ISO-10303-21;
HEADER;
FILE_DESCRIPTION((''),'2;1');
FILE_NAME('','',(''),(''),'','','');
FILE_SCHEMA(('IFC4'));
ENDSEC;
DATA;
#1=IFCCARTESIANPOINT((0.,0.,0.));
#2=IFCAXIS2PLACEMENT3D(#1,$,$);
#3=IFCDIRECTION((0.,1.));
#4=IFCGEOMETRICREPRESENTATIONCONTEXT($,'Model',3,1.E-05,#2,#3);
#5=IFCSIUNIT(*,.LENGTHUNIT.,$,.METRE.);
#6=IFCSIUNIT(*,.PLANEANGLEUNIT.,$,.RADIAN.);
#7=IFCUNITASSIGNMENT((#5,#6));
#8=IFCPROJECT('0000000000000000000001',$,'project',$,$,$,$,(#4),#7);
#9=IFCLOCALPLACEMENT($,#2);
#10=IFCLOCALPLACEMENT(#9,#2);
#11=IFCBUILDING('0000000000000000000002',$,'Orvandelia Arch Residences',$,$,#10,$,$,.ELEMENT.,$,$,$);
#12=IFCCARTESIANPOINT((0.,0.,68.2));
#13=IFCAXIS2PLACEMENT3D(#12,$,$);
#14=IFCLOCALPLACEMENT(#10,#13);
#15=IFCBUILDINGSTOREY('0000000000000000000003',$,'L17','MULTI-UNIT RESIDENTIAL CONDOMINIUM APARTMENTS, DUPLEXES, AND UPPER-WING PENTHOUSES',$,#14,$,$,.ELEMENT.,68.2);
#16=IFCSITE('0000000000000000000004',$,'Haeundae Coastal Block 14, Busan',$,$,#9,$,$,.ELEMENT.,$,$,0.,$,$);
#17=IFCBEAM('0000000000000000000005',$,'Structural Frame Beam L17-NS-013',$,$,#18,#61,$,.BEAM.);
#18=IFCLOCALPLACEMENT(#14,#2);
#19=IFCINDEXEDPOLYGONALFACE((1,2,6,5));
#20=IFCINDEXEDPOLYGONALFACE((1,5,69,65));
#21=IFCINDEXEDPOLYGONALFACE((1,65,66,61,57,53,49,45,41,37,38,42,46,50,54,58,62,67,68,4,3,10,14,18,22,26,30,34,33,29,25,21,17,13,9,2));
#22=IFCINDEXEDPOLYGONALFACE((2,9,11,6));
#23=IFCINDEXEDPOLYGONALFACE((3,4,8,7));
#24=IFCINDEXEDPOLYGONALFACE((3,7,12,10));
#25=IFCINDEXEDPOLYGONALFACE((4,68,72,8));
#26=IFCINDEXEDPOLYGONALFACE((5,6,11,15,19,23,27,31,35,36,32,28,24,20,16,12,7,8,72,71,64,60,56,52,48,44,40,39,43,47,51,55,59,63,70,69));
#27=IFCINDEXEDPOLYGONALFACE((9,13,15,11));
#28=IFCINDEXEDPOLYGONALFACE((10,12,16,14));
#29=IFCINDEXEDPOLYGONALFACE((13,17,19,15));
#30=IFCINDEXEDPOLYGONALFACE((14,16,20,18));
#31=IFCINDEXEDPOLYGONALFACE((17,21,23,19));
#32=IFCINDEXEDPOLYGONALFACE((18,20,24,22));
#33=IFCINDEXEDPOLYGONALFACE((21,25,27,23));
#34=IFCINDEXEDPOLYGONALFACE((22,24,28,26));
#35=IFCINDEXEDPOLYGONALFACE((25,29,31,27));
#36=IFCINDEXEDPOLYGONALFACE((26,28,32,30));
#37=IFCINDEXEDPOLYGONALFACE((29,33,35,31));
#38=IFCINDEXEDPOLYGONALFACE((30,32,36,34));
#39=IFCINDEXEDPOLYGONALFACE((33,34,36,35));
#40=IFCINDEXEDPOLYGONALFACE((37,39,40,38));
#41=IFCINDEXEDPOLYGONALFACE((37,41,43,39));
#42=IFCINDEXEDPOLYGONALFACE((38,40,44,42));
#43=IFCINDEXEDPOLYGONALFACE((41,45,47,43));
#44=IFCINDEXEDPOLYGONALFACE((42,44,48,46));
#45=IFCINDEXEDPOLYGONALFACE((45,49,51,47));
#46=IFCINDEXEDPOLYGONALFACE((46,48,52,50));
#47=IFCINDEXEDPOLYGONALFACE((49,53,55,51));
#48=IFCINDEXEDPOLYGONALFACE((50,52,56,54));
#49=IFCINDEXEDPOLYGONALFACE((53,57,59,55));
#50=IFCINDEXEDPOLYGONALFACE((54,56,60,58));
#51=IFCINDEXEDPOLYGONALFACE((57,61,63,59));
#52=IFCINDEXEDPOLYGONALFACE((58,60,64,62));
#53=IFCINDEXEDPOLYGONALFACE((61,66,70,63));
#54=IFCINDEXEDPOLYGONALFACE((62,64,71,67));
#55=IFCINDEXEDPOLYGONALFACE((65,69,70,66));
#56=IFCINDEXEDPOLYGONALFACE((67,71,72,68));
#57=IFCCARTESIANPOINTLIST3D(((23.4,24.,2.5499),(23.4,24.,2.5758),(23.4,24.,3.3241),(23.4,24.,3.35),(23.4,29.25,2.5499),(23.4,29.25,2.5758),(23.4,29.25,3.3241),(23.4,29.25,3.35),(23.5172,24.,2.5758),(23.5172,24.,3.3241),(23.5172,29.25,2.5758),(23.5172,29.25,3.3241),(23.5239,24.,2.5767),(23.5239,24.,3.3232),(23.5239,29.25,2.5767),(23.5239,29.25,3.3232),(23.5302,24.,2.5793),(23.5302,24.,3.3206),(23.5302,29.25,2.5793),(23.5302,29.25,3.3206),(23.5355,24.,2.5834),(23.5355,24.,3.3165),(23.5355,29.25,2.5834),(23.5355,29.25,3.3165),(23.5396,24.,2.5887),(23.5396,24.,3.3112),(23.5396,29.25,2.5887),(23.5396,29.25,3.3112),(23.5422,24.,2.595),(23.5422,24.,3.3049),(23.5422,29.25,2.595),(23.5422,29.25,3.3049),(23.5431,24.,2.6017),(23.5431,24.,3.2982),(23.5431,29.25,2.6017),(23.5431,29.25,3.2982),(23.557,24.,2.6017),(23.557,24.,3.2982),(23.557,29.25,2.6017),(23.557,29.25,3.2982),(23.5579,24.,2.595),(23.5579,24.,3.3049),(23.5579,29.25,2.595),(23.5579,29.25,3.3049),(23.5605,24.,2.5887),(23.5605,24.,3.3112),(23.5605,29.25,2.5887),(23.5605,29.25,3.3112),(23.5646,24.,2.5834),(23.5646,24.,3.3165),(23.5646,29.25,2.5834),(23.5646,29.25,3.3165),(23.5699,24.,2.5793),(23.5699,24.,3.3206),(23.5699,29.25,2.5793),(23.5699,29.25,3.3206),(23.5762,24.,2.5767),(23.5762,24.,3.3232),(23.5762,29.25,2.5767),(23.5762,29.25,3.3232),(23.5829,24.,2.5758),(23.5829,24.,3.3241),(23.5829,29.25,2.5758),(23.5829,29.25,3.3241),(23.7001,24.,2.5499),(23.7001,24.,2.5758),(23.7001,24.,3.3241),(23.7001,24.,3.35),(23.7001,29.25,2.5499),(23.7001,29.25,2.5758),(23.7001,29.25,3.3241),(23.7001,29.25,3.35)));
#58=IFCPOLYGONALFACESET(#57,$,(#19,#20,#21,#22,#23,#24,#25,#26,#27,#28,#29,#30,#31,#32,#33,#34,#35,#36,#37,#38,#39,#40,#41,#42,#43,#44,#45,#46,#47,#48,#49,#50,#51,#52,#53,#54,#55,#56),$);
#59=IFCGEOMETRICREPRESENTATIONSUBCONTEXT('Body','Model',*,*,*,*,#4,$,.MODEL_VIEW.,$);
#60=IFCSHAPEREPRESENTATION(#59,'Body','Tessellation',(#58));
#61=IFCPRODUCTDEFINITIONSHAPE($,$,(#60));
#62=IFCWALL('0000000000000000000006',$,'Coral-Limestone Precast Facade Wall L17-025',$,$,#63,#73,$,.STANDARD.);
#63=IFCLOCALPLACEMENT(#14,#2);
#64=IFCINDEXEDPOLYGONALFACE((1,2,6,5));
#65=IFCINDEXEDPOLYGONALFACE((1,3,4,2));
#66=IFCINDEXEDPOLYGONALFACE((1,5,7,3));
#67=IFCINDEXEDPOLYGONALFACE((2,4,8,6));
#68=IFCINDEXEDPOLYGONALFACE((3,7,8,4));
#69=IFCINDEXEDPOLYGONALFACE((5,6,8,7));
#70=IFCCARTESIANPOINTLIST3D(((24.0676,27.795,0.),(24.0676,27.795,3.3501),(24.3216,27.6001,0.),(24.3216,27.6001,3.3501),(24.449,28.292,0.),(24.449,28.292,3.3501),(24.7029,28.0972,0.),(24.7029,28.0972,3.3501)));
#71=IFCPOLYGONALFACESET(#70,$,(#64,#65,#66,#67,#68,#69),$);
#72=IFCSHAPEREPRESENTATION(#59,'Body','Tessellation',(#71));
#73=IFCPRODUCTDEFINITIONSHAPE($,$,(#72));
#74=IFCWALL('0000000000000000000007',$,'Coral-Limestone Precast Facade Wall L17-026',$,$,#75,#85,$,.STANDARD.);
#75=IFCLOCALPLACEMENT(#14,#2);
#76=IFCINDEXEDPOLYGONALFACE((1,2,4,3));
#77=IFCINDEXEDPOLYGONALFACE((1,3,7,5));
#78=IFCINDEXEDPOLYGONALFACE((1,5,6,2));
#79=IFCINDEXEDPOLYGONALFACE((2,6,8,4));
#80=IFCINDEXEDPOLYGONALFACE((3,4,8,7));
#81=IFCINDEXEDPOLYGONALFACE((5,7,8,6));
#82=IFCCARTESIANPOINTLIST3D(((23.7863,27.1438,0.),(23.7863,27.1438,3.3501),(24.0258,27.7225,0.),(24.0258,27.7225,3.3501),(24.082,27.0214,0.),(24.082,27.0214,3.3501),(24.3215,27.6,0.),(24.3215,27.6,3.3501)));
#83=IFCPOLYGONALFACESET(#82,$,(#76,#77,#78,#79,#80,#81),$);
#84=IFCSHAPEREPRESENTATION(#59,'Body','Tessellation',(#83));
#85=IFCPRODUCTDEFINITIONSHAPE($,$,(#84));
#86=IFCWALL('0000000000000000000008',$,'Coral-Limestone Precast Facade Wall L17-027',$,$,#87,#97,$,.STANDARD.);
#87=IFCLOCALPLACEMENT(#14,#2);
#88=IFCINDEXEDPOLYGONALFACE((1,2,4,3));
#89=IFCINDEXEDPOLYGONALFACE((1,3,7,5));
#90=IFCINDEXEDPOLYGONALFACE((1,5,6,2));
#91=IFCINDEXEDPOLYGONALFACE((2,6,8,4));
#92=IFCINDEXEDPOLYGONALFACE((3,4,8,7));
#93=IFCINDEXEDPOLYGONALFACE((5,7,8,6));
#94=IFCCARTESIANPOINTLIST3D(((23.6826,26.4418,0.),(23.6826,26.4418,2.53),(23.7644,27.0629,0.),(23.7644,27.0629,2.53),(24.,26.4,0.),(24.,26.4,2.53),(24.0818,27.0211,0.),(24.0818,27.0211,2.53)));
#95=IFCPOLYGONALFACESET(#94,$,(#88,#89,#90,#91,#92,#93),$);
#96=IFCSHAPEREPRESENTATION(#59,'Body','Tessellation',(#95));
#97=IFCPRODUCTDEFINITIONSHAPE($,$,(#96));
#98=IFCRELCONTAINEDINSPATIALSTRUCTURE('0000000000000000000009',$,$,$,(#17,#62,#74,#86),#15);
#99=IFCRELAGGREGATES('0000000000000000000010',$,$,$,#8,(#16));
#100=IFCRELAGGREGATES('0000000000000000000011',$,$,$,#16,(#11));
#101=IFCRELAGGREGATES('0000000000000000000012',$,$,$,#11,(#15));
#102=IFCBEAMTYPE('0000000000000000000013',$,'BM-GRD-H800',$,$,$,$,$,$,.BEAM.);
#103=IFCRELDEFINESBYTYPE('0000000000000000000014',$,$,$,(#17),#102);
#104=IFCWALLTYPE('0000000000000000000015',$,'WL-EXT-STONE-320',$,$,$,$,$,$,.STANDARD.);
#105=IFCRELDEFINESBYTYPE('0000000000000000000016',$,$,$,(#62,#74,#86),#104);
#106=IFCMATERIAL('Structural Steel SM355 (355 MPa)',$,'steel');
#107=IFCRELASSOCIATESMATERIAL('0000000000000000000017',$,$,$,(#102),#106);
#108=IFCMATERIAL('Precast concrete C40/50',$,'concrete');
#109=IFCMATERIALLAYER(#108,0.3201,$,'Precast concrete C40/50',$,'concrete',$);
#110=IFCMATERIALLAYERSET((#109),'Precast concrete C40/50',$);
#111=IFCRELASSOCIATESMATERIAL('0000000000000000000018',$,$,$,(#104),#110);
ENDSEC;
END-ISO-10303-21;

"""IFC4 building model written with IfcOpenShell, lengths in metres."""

from ifc_helpers import new_model, si_unit, direction, frame, frame_2d, origin, origin_2d, place, context, subcontext, project, spatial, rectangle, i_section, extrude, material, layer, layer_set, material_profile, profile_set, type_object, element, save


model = new_model("IFC4")

# Units and contexts
model_context = context("Model", 3, precision=1e-05, world=origin(), true_north=direction((0.0, 1.0)))
body_context = subcontext(model_context, "Body", "Model", "MODEL_VIEW")
ifc_project = project(units=[si_unit("LENGTHUNIT", "METRE"), si_unit("PLANEANGLEUNIT", "RADIAN")], contexts=[model_context])

# Site, building, storey
site_placement = place(None, origin())
site = spatial("IfcSite", under=ifc_project, at=site_placement, Name="Haeundae Coastal Block 14, Busan", CompositionType="ELEMENT", RefElevation=0.0)
building_placement = place(site_placement, origin())
building = spatial("IfcBuilding", under=site, at=building_placement, Name="Orvandelia Arch Residences", CompositionType="ELEMENT")
storey_placement = place(building_placement, frame((0.0, 0.0, 68.2)))
storey = spatial("IfcBuildingStorey", under=building, at=storey_placement, Name="L17", Description="MULTI-UNIT RESIDENTIAL CONDOMINIUM APARTMENTS, DUPLEXES, AND UPPER-WING PENTHOUSES", CompositionType="ELEMENT", Elevation=68.2)

# Beam
ifc_material_1 = material(Name="Structural Steel SM355 (355 MPa)", Category="steel")
ifc_material_profile_1 = material_profile(ifc_material_1, i_section(OverallWidth=0.3, OverallDepth=0.8, WebThickness=0.0139, FlangeThickness=0.0259, FilletRadius=0.0259, at=origin_2d()), Name="Structural Steel SM355 (355 MPa)", Category="steel")
ifc_profile_set_1 = profile_set([ifc_material_profile_1], Name="Structural Steel SM355 (355 MPa)")
beam_type = type_object("IfcBeamType", Name="BM-GRD-H800", PredefinedType="BEAM", material=ifc_profile_set_1)
beam_1_placement = place(storey_placement, frame((23.55, 24.0, 2.95), z_axis=(0.0, 1.0, 0.0), x_axis=(-1.0, 0.0, 0.0)))
element("IfcBeam", 1, at=beam_1_placement, inside=storey, type_object=beam_type, Name="Structural Frame Beam L17-NS-013", PredefinedType="BEAM", context=body_context, shape_type="SweptSolid", body=[
    extrude(i_section(OverallWidth=0.3, OverallDepth=0.8, WebThickness=0.0139, FlangeThickness=0.0259, FilletRadius=0.0259, at=origin_2d()), origin(), (0.0, 0.0, 1.0), 5.25),
])

# Walls
ifc_material_2 = material(Name="Precast concrete C40/50", Category="concrete")
ifc_layer = layer(ifc_material_2, 0.3201, Name="Precast concrete C40/50", Category="concrete")
ifc_layer_set = layer_set([ifc_layer], Name="Precast concrete C40/50")
wall_type = type_object("IfcWallType", Name="WL-EXT-STONE-320", PredefinedType="STANDARD", material=ifc_layer_set)
wall_1_placement = place(storey_placement, frame((24.5759, 28.1946, 0.0), z_axis=(0.0, 0.0, 1.0), x_axis=(-0.608693, -0.793406, 0.0)))
element("IfcWall", 2, at=wall_1_placement, inside=storey, type_object=wall_type, Name="Coral-Limestone Precast Facade Wall L17-025", PredefinedType="STANDARD", context=body_context, shape_type="SweptSolid", body=[
    extrude(rectangle(XDim=0.6265, YDim=0.3201, at=frame_2d((0.3132, 0.0))), origin(), (0.0, 0.0, 1.0), 3.3501),
])
wall_2_placement = place(storey_placement, frame((24.1736, 27.6611, 0.0), z_axis=(0.0, 0.0, 1.0), x_axis=(-0.382455, -0.923974, 0.0)))
element("IfcWall", 3, at=wall_2_placement, inside=storey, type_object=wall_type, Name="Coral-Limestone Precast Facade Wall L17-026", PredefinedType="STANDARD", context=body_context, shape_type="SweptSolid", body=[
    extrude(rectangle(XDim=0.6262, YDim=0.3201, at=frame_2d((0.313, 0.0))), origin(), (0.0, 0.0, 1.0), 3.3501),
])
wall_3_placement = place(storey_placement, frame((23.9231, 27.042, 0.0), z_axis=(0.0, 0.0, 1.0), x_axis=(-0.130555, -0.991441, 0.0)))
element("IfcWall", 4, at=wall_3_placement, inside=storey, type_object=wall_type, Name="Coral-Limestone Precast Facade Wall L17-027", PredefinedType="STANDARD", context=body_context, shape_type="SweptSolid", body=[
    extrude(rectangle(XDim=0.6265, YDim=0.3201, at=frame_2d((0.3132, 0.0))), origin(), (0.0, 0.0, 1.0), 2.53),
])

save(model, "model.ifc")
